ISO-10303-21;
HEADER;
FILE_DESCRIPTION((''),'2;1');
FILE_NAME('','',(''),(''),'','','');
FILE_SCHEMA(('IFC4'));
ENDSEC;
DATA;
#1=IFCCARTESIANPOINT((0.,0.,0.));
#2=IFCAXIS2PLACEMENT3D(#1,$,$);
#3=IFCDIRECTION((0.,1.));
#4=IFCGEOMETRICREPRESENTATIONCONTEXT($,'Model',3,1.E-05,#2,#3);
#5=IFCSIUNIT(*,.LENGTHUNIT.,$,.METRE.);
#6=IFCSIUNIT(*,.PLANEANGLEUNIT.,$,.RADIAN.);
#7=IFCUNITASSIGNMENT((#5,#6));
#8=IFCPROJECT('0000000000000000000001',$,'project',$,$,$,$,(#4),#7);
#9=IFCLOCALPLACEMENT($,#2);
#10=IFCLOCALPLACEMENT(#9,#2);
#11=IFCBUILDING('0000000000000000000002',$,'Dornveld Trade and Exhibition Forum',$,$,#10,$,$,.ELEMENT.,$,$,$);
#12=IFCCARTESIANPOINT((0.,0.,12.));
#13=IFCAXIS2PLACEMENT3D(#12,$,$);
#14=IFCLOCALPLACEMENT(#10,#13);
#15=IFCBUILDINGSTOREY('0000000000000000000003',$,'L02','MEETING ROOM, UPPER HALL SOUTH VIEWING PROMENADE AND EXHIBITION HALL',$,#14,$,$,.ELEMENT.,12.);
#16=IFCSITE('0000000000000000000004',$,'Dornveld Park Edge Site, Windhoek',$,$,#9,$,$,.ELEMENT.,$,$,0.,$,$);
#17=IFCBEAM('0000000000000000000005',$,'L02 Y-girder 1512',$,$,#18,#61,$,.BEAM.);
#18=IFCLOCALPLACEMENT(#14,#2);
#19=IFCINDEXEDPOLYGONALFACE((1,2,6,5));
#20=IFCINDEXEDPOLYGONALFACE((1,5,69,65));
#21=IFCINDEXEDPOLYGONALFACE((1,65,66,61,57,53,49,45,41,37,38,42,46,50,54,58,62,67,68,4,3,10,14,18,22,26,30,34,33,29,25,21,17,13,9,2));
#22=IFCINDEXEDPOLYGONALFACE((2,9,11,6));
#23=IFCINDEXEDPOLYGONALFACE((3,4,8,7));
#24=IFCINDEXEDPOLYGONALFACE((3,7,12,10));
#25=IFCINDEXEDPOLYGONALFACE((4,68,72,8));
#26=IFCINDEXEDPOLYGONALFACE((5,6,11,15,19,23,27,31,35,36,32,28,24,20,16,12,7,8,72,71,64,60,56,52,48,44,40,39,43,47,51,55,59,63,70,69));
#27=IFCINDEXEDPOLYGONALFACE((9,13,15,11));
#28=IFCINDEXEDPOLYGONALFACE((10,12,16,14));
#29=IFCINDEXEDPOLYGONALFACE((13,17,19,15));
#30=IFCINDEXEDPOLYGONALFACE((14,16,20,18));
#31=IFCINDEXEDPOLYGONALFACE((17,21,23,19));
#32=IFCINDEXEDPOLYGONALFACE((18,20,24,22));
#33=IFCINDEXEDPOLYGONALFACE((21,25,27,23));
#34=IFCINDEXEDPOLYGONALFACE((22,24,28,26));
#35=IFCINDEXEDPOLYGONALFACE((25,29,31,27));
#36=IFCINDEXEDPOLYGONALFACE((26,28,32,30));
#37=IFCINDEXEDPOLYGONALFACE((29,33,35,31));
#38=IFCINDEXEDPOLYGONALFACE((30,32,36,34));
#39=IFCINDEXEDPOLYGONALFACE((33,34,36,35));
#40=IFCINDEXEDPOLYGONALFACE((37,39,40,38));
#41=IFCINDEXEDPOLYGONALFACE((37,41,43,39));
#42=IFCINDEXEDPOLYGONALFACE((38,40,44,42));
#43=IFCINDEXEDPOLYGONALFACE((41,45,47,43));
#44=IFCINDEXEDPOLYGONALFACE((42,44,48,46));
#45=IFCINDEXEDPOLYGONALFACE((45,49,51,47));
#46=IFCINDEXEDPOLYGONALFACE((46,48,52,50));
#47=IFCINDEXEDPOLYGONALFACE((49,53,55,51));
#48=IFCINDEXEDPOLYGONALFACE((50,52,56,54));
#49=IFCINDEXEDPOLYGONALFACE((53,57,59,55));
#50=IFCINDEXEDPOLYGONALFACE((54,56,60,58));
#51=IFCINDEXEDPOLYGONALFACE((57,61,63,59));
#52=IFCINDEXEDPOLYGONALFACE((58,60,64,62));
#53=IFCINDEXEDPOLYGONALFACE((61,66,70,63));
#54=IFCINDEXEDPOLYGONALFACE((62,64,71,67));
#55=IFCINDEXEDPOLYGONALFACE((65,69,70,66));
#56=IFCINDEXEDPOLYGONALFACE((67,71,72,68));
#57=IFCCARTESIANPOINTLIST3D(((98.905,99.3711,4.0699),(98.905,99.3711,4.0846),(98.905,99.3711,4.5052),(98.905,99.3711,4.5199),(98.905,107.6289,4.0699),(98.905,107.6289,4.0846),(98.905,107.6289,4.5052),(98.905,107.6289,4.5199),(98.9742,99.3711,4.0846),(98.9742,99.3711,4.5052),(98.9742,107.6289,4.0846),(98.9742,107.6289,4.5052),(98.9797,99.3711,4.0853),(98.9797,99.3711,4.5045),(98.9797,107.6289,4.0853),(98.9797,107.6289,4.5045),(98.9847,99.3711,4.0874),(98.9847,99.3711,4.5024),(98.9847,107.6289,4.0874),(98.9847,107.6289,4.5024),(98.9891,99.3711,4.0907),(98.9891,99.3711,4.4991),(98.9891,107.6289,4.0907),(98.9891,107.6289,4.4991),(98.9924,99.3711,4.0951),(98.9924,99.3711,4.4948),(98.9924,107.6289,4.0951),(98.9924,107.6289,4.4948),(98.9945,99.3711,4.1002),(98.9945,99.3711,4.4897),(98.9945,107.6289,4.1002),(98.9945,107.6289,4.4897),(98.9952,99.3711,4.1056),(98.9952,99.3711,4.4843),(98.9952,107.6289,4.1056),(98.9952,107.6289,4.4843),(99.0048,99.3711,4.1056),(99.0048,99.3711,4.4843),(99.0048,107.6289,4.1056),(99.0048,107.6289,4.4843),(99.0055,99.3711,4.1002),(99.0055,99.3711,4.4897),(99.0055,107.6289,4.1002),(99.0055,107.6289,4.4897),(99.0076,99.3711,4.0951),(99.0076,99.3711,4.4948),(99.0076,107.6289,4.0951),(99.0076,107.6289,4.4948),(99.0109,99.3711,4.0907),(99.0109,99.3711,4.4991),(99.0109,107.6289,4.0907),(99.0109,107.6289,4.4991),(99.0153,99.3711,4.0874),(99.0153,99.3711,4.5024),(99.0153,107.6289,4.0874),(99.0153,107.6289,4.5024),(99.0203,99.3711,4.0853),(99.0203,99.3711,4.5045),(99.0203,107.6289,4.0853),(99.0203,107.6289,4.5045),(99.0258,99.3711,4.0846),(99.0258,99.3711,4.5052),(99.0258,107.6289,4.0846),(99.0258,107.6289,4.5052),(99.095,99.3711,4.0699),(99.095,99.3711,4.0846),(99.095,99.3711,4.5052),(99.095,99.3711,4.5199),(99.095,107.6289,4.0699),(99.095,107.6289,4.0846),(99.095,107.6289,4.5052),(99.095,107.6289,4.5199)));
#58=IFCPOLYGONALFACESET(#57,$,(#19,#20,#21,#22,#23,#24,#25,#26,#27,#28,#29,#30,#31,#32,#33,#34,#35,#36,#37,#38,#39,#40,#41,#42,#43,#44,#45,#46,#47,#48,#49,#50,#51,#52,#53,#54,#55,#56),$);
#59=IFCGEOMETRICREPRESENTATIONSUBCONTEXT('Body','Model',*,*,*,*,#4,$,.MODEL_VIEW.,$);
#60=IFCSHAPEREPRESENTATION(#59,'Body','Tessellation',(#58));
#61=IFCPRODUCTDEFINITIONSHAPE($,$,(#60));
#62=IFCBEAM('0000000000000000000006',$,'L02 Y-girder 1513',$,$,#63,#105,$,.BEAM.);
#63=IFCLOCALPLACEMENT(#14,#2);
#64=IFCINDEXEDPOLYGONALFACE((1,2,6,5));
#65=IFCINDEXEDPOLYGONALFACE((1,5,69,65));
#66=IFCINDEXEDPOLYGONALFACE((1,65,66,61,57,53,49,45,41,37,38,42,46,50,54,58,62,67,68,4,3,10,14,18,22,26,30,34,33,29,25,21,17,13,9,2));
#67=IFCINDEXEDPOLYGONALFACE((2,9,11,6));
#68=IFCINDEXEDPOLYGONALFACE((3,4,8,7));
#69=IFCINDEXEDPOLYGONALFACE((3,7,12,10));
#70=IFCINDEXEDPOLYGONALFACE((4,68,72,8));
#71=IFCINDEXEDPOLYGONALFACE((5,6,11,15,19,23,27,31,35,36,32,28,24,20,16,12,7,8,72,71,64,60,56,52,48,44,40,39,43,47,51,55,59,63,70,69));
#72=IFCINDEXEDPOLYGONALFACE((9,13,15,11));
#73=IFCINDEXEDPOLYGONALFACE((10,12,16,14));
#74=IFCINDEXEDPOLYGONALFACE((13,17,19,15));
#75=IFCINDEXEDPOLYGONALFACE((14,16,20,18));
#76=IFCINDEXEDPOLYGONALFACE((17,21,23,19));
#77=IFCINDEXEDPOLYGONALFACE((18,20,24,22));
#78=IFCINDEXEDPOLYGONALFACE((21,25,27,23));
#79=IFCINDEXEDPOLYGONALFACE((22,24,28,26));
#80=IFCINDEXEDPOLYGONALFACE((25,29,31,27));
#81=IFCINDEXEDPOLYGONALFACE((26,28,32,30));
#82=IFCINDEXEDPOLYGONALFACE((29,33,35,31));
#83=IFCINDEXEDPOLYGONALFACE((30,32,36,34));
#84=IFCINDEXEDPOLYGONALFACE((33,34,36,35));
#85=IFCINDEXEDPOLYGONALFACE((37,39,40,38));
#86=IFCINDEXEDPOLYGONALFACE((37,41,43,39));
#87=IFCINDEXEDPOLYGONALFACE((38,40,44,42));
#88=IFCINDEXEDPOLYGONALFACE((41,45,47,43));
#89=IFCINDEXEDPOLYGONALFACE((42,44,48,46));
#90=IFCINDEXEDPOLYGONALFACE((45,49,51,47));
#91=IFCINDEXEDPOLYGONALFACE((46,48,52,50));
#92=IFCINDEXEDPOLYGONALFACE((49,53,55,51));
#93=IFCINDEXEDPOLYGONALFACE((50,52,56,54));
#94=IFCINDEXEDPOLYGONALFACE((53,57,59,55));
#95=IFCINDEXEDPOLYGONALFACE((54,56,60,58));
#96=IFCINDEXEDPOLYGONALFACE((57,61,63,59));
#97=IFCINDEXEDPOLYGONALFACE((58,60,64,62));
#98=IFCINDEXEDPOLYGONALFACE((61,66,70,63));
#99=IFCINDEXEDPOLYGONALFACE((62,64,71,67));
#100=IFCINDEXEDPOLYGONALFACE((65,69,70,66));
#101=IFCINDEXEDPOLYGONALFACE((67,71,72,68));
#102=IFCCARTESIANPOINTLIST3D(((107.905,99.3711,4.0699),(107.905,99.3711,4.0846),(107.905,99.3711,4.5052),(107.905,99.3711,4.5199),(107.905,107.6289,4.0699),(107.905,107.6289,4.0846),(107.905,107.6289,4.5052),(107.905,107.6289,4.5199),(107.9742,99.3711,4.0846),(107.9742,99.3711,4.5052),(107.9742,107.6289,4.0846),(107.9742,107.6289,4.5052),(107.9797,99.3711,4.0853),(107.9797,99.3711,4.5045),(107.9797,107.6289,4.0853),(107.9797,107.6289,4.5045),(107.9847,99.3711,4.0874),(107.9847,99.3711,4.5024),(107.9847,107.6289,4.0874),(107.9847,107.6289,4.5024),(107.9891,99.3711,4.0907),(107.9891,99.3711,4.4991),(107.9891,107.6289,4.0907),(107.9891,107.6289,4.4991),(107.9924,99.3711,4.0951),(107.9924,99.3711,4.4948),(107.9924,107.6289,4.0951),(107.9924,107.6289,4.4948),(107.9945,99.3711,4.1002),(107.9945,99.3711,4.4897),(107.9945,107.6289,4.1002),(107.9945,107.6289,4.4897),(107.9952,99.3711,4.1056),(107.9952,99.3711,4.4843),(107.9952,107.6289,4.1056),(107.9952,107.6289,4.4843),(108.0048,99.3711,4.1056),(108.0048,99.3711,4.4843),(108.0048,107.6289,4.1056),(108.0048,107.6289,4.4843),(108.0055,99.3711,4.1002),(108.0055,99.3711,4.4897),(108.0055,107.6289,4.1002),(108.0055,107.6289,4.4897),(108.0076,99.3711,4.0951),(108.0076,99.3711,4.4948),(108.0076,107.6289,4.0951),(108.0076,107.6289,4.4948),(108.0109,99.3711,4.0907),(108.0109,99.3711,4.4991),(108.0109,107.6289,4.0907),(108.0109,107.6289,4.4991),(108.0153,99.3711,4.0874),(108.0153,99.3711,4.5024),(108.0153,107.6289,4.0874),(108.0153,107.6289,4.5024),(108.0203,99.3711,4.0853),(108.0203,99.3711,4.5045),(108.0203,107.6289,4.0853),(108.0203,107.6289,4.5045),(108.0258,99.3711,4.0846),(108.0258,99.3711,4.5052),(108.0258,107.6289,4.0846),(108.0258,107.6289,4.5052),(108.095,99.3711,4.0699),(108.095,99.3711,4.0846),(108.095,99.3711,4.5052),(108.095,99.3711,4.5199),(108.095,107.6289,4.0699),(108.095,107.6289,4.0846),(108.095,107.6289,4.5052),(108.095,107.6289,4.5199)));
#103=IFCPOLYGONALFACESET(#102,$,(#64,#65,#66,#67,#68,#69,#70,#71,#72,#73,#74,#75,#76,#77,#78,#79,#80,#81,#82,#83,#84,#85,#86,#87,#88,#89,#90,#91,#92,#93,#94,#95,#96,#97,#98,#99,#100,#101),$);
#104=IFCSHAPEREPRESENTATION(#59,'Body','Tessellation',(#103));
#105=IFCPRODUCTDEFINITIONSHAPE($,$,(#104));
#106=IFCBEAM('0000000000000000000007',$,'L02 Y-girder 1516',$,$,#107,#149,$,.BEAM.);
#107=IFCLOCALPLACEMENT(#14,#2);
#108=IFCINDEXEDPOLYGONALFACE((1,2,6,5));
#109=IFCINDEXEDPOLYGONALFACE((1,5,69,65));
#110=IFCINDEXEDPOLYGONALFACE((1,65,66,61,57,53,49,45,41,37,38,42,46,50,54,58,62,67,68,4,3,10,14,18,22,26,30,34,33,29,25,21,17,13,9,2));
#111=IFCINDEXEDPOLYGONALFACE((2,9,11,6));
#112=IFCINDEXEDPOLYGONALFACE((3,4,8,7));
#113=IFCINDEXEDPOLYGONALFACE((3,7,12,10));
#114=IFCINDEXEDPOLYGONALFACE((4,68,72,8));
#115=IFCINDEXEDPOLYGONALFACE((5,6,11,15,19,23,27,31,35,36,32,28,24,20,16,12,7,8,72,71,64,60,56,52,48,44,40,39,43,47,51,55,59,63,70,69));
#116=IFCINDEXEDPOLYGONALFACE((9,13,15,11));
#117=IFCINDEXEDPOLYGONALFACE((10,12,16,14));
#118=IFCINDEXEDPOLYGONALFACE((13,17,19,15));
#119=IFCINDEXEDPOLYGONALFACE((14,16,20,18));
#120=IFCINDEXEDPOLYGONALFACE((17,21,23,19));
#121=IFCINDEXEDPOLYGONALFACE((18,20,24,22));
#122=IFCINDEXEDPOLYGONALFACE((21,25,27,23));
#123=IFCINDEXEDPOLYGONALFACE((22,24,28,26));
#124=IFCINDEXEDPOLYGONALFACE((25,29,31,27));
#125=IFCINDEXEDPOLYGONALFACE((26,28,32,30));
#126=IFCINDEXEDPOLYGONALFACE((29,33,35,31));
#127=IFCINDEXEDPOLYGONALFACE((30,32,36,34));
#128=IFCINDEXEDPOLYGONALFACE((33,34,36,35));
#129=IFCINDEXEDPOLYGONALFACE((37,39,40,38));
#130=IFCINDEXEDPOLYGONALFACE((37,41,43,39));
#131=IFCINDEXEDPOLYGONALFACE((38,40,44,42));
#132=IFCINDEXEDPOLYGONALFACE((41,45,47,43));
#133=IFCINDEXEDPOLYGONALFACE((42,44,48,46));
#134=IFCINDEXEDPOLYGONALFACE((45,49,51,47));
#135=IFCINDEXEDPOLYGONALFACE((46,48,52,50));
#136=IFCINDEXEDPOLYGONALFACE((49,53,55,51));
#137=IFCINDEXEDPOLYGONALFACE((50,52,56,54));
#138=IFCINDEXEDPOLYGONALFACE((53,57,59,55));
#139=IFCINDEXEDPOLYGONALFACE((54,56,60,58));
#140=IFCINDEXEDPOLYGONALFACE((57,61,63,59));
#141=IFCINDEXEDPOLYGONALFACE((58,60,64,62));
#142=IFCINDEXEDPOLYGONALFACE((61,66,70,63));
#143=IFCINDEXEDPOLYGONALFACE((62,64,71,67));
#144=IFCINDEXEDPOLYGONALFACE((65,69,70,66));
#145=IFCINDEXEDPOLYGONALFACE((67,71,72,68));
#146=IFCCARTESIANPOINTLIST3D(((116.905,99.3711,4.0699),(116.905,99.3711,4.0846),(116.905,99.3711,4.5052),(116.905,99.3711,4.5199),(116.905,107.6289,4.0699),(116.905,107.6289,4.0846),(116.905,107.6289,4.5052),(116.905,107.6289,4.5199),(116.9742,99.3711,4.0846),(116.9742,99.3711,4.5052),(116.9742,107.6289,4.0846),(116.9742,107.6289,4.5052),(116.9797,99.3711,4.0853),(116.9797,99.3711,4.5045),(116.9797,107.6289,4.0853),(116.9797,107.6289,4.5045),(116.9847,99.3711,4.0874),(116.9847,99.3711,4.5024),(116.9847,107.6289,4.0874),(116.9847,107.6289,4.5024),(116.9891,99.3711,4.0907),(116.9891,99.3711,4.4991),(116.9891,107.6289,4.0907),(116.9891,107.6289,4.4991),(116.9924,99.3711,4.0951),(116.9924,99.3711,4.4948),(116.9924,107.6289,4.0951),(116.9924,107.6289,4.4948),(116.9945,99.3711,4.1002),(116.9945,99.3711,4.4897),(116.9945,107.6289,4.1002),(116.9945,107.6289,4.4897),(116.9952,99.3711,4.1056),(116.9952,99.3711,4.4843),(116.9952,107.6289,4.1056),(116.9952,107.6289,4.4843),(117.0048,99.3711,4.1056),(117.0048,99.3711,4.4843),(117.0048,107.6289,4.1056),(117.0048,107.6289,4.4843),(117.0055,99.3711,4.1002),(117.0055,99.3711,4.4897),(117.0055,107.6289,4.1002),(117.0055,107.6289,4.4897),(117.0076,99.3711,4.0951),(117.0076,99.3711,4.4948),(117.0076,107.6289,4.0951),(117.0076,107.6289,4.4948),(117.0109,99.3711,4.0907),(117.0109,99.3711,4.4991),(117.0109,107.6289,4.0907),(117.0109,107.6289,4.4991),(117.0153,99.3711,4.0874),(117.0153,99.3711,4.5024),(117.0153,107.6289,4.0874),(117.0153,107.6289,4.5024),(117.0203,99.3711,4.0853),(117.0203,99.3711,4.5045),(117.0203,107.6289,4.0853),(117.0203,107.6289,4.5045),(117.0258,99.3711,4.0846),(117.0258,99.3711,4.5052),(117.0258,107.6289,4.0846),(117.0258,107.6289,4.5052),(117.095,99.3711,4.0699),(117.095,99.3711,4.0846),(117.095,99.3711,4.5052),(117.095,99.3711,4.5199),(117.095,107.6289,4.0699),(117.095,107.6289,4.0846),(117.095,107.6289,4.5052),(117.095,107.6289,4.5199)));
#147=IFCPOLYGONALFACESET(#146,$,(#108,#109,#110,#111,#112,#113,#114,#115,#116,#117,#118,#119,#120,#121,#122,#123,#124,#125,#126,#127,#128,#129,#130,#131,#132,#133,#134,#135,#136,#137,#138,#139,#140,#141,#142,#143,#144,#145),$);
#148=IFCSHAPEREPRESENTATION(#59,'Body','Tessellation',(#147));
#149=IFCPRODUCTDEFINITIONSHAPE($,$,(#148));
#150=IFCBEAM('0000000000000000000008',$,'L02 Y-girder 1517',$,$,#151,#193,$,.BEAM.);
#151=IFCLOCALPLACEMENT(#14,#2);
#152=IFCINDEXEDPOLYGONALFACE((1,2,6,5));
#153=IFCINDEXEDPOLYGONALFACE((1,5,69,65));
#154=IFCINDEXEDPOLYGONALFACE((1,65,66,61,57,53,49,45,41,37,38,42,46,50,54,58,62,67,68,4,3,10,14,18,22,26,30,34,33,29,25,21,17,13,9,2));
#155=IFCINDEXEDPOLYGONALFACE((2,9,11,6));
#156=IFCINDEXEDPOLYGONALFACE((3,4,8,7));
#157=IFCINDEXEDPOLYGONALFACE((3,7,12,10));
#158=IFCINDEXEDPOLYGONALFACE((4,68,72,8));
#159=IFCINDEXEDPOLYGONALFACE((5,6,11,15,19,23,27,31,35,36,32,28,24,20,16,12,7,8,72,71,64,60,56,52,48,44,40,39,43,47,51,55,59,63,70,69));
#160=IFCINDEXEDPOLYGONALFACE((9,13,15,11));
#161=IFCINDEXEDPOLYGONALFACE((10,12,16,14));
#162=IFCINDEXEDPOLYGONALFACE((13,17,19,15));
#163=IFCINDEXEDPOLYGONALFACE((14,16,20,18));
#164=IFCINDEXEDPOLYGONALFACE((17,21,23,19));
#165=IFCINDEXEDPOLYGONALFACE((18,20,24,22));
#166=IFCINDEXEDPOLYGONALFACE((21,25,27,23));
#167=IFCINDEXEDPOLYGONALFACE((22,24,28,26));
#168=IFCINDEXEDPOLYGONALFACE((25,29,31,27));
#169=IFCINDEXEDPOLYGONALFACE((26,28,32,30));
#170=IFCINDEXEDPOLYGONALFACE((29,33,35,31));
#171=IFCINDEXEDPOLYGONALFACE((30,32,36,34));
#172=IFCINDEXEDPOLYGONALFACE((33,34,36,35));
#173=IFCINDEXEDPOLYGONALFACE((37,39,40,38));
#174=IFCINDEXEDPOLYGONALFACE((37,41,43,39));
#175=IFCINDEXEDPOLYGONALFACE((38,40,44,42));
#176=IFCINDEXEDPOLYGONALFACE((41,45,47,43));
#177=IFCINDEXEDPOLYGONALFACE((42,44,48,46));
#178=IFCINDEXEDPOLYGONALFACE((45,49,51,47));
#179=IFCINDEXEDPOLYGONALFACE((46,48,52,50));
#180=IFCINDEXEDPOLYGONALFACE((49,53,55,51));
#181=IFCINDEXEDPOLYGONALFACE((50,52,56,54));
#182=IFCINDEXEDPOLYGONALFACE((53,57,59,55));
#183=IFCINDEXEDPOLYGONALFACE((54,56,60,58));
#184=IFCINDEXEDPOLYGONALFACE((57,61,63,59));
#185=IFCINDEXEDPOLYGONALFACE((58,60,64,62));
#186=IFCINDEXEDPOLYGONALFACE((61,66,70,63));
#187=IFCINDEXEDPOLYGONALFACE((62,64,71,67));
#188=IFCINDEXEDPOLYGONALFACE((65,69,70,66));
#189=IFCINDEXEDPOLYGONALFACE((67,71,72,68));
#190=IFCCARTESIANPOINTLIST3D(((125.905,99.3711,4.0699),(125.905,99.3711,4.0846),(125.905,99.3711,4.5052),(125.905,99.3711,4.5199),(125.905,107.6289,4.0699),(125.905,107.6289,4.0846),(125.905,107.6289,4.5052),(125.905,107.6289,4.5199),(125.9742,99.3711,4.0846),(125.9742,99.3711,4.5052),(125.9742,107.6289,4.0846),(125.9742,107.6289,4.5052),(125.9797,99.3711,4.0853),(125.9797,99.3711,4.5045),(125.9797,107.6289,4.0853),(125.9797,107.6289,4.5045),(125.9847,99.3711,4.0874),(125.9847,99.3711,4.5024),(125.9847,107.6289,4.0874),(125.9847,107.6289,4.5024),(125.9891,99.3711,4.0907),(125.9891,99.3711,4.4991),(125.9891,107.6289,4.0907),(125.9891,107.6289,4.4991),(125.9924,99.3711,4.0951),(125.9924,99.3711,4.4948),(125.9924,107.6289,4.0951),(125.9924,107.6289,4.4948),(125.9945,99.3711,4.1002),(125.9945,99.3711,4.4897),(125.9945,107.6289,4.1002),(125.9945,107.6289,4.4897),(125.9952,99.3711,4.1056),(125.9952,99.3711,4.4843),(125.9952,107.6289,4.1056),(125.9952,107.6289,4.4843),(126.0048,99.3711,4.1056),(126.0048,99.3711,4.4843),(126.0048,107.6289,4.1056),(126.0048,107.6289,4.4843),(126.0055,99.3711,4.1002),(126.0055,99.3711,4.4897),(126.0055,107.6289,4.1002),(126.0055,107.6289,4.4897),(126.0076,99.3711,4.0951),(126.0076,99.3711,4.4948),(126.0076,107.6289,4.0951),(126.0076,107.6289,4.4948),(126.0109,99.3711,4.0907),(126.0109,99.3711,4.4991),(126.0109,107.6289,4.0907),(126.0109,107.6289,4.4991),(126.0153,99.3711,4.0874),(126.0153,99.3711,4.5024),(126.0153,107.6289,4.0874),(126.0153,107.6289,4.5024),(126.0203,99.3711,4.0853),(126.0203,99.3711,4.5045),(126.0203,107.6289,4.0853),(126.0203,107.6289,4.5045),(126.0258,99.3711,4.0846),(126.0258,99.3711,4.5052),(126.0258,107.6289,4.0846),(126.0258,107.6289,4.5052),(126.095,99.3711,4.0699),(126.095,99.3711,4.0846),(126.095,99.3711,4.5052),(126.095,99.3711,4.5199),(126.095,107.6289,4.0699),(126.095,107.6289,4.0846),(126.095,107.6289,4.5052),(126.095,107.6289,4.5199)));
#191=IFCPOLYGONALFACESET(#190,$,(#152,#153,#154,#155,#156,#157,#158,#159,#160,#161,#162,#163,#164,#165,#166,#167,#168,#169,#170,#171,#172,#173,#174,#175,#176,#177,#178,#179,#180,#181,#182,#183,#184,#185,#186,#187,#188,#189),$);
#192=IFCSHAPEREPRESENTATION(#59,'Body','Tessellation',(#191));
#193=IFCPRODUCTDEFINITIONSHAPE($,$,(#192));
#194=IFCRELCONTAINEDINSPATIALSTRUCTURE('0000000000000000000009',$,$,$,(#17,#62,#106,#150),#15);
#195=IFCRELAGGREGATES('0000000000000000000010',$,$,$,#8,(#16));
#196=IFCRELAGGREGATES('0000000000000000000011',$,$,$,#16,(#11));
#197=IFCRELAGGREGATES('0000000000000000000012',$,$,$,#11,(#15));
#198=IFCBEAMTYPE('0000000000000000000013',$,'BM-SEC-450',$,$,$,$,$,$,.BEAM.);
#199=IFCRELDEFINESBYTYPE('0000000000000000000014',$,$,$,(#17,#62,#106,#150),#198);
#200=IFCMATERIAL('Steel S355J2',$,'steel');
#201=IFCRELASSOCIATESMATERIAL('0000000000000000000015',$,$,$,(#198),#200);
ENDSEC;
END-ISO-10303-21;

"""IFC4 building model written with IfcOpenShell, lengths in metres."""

from ifc_helpers import new_model, si_unit, direction, frame, origin, origin_2d, place, context, subcontext, project, spatial, i_section, extrude, material, material_profile, profile_set, type_object, element, save


model = new_model("IFC4")

# Units and contexts
model_context = context("Model", 3, precision=1e-05, world=origin(), true_north=direction((0.0, 1.0)))
body_context = subcontext(model_context, "Body", "Model", "MODEL_VIEW")
ifc_project = project(units=[si_unit("LENGTHUNIT", "METRE"), si_unit("PLANEANGLEUNIT", "RADIAN")], contexts=[model_context])

# Site, building, storey
site_placement = place(None, origin())
site = spatial("IfcSite", under=ifc_project, at=site_placement, Name="Dornveld Park Edge Site, Windhoek", CompositionType="ELEMENT", RefElevation=0.0)
building_placement = place(site_placement, origin())
building = spatial("IfcBuilding", under=site, at=building_placement, Name="Dornveld Trade and Exhibition Forum", CompositionType="ELEMENT")
storey_placement = place(building_placement, frame((0.0, 0.0, 12.0)))
storey = spatial("IfcBuildingStorey", under=building, at=storey_placement, Name="L02", Description="MEETING ROOM, UPPER HALL SOUTH VIEWING PROMENADE AND EXHIBITION HALL", CompositionType="ELEMENT", Elevation=12.0)

# Beams
ifc_material_1 = material(Name="Steel S355J2", Category="steel")
ifc_material_profile_1 = material_profile(ifc_material_1, i_section(OverallWidth=0.1899, OverallDepth=0.45, WebThickness=0.0095, FlangeThickness=0.0146, FilletRadius=0.021, at=origin_2d()), Name="IPE 450")
ifc_profile_set_1 = profile_set([ifc_material_profile_1], Name="Steel S355J2")
beam_type_1 = type_object("IfcBeamType", Name="BM-SEC-450", PredefinedType="BEAM", material=ifc_profile_set_1)
for number, where, z_axis, x_axis, name in (
    (1, (99.0, 99.3711, 4.2949), (0.0, 1.0, 0.0), (-1.0, 0.0, 0.0), "L02 Y-girder 1512"),
    (2, (108.0, 99.3711, 4.2949), (0.0, 1.0, 0.0), (-1.0, 0.0, 0.0), "L02 Y-girder 1513"),
    (3, (117.0, 99.3711, 4.2949), (0.0, 1.0, 0.0), (-1.0, 0.0, 0.0), "L02 Y-girder 1516"),
    (4, (126.0, 99.3711, 4.2949), (0.0, 1.0, 0.0), (-1.0, 0.0, 0.0), "L02 Y-girder 1517"),
):
    element("IfcBeam", number, at=place(storey_placement, frame(where, z_axis=z_axis, x_axis=x_axis)), inside=storey, type_object=beam_type_1, Name=name, PredefinedType="BEAM", context=body_context, shape_type="SweptSolid", body=[
        extrude(i_section(OverallWidth=0.1899, OverallDepth=0.45, WebThickness=0.0095, FlangeThickness=0.0146, FilletRadius=0.021, at=origin_2d()), origin(), (0.0, 0.0, 1.0), 8.2578),
    ])

save(model, "model.ifc")
